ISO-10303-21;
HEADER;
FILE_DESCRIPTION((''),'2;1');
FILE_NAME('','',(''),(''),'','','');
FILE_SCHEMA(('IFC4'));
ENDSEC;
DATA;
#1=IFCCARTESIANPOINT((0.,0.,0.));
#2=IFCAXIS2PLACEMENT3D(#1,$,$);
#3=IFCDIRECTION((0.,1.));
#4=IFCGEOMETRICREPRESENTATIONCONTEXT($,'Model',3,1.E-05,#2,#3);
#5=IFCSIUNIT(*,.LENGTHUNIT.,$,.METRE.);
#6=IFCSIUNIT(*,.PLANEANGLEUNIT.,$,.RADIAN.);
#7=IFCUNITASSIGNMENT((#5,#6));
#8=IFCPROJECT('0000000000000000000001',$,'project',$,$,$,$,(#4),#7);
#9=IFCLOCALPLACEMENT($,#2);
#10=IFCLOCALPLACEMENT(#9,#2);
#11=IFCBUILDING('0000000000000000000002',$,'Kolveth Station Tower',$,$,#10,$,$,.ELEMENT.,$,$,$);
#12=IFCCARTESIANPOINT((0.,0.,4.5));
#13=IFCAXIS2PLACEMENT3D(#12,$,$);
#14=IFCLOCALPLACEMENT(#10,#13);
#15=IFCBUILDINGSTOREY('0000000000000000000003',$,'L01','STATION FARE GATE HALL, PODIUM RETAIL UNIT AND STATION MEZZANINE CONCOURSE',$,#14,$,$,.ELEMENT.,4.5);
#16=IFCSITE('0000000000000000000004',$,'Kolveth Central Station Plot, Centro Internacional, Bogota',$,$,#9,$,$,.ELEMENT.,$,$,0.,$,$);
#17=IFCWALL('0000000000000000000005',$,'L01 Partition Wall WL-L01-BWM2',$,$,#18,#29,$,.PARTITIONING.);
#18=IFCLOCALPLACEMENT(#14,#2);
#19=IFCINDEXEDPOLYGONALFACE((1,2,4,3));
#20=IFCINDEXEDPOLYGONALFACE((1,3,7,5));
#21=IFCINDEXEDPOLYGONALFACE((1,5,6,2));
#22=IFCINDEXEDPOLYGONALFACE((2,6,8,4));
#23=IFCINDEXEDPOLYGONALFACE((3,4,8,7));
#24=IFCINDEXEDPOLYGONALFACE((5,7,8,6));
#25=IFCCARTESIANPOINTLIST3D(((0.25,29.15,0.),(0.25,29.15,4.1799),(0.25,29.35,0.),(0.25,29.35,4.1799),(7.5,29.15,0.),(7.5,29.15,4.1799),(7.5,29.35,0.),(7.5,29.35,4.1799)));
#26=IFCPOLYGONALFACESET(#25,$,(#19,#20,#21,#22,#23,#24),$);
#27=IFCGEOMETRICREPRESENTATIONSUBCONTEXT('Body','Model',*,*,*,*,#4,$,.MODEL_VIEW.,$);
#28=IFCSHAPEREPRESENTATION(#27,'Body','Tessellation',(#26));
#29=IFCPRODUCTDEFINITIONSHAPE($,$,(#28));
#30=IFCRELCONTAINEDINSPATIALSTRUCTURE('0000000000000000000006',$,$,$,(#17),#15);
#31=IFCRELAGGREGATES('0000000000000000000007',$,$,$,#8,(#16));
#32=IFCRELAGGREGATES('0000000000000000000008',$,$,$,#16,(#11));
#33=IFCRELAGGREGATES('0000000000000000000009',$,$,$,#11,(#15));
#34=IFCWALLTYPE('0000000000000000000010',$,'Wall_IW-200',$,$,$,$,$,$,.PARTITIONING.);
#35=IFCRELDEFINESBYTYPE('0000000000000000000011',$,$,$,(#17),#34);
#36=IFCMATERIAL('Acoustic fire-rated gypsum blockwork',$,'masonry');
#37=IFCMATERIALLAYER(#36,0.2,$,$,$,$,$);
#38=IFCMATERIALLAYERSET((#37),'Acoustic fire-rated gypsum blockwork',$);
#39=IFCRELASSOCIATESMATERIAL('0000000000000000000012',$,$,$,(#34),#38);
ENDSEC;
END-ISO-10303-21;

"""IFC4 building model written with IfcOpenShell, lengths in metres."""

from ifc_helpers import new_model, si_unit, direction, frame, frame_2d, origin, place, context, subcontext, project, spatial, rectangle, extrude, material, layer, layer_set, type_object, element, save


model = new_model("IFC4")

# Units and contexts
model_context = context("Model", 3, precision=1e-05, world=origin(), true_north=direction((0.0, 1.0)))
body_context = subcontext(model_context, "Body", "Model", "MODEL_VIEW")
ifc_project = project(units=[si_unit("LENGTHUNIT", "METRE"), si_unit("PLANEANGLEUNIT", "RADIAN")], contexts=[model_context])

# Site, building, storey
site_placement = place(None, origin())
site = spatial("IfcSite", under=ifc_project, at=site_placement, Name="Kolveth Central Station Plot, Centro Internacional, Bogota", CompositionType="ELEMENT", RefElevation=0.0)
building_placement = place(site_placement, origin())
building = spatial("IfcBuilding", under=site, at=building_placement, Name="Kolveth Station Tower", CompositionType="ELEMENT")
storey_placement = place(building_placement, frame((0.0, 0.0, 4.5)))
storey = spatial("IfcBuildingStorey", under=building, at=storey_placement, Name="L01", Description="STATION FARE GATE HALL, PODIUM RETAIL UNIT AND STATION MEZZANINE CONCOURSE", CompositionType="ELEMENT", Elevation=4.5)

# Wall
ifc_material_1 = material(Name="Acoustic fire-rated gypsum blockwork", Category="masonry")
ifc_layer_1 = layer(ifc_material_1, 0.2)
ifc_layer_set_1 = layer_set([ifc_layer_1], Name="Acoustic fire-rated gypsum blockwork")
wall_type_1 = type_object("IfcWallType", Name="Wall_IW-200", PredefinedType="PARTITIONING", material=ifc_layer_set_1)
wall_1_placement = place(storey_placement, frame((0.25, 29.25, 0.0), z_axis=(0.0, 0.0, 1.0), x_axis=(1.0, 0.0, 0.0)))
element("IfcWall", 1, at=wall_1_placement, inside=storey, type_object=wall_type_1, Name="L01 Partition Wall WL-L01-BWM2", PredefinedType="PARTITIONING", context=body_context, shape_type="SweptSolid", body=[
    extrude(rectangle(XDim=7.25, YDim=0.2, at=frame_2d((3.625, 0.0))), origin(), (0.0, 0.0, 1.0), 4.1799),
])

save(model, "model.ifc")
